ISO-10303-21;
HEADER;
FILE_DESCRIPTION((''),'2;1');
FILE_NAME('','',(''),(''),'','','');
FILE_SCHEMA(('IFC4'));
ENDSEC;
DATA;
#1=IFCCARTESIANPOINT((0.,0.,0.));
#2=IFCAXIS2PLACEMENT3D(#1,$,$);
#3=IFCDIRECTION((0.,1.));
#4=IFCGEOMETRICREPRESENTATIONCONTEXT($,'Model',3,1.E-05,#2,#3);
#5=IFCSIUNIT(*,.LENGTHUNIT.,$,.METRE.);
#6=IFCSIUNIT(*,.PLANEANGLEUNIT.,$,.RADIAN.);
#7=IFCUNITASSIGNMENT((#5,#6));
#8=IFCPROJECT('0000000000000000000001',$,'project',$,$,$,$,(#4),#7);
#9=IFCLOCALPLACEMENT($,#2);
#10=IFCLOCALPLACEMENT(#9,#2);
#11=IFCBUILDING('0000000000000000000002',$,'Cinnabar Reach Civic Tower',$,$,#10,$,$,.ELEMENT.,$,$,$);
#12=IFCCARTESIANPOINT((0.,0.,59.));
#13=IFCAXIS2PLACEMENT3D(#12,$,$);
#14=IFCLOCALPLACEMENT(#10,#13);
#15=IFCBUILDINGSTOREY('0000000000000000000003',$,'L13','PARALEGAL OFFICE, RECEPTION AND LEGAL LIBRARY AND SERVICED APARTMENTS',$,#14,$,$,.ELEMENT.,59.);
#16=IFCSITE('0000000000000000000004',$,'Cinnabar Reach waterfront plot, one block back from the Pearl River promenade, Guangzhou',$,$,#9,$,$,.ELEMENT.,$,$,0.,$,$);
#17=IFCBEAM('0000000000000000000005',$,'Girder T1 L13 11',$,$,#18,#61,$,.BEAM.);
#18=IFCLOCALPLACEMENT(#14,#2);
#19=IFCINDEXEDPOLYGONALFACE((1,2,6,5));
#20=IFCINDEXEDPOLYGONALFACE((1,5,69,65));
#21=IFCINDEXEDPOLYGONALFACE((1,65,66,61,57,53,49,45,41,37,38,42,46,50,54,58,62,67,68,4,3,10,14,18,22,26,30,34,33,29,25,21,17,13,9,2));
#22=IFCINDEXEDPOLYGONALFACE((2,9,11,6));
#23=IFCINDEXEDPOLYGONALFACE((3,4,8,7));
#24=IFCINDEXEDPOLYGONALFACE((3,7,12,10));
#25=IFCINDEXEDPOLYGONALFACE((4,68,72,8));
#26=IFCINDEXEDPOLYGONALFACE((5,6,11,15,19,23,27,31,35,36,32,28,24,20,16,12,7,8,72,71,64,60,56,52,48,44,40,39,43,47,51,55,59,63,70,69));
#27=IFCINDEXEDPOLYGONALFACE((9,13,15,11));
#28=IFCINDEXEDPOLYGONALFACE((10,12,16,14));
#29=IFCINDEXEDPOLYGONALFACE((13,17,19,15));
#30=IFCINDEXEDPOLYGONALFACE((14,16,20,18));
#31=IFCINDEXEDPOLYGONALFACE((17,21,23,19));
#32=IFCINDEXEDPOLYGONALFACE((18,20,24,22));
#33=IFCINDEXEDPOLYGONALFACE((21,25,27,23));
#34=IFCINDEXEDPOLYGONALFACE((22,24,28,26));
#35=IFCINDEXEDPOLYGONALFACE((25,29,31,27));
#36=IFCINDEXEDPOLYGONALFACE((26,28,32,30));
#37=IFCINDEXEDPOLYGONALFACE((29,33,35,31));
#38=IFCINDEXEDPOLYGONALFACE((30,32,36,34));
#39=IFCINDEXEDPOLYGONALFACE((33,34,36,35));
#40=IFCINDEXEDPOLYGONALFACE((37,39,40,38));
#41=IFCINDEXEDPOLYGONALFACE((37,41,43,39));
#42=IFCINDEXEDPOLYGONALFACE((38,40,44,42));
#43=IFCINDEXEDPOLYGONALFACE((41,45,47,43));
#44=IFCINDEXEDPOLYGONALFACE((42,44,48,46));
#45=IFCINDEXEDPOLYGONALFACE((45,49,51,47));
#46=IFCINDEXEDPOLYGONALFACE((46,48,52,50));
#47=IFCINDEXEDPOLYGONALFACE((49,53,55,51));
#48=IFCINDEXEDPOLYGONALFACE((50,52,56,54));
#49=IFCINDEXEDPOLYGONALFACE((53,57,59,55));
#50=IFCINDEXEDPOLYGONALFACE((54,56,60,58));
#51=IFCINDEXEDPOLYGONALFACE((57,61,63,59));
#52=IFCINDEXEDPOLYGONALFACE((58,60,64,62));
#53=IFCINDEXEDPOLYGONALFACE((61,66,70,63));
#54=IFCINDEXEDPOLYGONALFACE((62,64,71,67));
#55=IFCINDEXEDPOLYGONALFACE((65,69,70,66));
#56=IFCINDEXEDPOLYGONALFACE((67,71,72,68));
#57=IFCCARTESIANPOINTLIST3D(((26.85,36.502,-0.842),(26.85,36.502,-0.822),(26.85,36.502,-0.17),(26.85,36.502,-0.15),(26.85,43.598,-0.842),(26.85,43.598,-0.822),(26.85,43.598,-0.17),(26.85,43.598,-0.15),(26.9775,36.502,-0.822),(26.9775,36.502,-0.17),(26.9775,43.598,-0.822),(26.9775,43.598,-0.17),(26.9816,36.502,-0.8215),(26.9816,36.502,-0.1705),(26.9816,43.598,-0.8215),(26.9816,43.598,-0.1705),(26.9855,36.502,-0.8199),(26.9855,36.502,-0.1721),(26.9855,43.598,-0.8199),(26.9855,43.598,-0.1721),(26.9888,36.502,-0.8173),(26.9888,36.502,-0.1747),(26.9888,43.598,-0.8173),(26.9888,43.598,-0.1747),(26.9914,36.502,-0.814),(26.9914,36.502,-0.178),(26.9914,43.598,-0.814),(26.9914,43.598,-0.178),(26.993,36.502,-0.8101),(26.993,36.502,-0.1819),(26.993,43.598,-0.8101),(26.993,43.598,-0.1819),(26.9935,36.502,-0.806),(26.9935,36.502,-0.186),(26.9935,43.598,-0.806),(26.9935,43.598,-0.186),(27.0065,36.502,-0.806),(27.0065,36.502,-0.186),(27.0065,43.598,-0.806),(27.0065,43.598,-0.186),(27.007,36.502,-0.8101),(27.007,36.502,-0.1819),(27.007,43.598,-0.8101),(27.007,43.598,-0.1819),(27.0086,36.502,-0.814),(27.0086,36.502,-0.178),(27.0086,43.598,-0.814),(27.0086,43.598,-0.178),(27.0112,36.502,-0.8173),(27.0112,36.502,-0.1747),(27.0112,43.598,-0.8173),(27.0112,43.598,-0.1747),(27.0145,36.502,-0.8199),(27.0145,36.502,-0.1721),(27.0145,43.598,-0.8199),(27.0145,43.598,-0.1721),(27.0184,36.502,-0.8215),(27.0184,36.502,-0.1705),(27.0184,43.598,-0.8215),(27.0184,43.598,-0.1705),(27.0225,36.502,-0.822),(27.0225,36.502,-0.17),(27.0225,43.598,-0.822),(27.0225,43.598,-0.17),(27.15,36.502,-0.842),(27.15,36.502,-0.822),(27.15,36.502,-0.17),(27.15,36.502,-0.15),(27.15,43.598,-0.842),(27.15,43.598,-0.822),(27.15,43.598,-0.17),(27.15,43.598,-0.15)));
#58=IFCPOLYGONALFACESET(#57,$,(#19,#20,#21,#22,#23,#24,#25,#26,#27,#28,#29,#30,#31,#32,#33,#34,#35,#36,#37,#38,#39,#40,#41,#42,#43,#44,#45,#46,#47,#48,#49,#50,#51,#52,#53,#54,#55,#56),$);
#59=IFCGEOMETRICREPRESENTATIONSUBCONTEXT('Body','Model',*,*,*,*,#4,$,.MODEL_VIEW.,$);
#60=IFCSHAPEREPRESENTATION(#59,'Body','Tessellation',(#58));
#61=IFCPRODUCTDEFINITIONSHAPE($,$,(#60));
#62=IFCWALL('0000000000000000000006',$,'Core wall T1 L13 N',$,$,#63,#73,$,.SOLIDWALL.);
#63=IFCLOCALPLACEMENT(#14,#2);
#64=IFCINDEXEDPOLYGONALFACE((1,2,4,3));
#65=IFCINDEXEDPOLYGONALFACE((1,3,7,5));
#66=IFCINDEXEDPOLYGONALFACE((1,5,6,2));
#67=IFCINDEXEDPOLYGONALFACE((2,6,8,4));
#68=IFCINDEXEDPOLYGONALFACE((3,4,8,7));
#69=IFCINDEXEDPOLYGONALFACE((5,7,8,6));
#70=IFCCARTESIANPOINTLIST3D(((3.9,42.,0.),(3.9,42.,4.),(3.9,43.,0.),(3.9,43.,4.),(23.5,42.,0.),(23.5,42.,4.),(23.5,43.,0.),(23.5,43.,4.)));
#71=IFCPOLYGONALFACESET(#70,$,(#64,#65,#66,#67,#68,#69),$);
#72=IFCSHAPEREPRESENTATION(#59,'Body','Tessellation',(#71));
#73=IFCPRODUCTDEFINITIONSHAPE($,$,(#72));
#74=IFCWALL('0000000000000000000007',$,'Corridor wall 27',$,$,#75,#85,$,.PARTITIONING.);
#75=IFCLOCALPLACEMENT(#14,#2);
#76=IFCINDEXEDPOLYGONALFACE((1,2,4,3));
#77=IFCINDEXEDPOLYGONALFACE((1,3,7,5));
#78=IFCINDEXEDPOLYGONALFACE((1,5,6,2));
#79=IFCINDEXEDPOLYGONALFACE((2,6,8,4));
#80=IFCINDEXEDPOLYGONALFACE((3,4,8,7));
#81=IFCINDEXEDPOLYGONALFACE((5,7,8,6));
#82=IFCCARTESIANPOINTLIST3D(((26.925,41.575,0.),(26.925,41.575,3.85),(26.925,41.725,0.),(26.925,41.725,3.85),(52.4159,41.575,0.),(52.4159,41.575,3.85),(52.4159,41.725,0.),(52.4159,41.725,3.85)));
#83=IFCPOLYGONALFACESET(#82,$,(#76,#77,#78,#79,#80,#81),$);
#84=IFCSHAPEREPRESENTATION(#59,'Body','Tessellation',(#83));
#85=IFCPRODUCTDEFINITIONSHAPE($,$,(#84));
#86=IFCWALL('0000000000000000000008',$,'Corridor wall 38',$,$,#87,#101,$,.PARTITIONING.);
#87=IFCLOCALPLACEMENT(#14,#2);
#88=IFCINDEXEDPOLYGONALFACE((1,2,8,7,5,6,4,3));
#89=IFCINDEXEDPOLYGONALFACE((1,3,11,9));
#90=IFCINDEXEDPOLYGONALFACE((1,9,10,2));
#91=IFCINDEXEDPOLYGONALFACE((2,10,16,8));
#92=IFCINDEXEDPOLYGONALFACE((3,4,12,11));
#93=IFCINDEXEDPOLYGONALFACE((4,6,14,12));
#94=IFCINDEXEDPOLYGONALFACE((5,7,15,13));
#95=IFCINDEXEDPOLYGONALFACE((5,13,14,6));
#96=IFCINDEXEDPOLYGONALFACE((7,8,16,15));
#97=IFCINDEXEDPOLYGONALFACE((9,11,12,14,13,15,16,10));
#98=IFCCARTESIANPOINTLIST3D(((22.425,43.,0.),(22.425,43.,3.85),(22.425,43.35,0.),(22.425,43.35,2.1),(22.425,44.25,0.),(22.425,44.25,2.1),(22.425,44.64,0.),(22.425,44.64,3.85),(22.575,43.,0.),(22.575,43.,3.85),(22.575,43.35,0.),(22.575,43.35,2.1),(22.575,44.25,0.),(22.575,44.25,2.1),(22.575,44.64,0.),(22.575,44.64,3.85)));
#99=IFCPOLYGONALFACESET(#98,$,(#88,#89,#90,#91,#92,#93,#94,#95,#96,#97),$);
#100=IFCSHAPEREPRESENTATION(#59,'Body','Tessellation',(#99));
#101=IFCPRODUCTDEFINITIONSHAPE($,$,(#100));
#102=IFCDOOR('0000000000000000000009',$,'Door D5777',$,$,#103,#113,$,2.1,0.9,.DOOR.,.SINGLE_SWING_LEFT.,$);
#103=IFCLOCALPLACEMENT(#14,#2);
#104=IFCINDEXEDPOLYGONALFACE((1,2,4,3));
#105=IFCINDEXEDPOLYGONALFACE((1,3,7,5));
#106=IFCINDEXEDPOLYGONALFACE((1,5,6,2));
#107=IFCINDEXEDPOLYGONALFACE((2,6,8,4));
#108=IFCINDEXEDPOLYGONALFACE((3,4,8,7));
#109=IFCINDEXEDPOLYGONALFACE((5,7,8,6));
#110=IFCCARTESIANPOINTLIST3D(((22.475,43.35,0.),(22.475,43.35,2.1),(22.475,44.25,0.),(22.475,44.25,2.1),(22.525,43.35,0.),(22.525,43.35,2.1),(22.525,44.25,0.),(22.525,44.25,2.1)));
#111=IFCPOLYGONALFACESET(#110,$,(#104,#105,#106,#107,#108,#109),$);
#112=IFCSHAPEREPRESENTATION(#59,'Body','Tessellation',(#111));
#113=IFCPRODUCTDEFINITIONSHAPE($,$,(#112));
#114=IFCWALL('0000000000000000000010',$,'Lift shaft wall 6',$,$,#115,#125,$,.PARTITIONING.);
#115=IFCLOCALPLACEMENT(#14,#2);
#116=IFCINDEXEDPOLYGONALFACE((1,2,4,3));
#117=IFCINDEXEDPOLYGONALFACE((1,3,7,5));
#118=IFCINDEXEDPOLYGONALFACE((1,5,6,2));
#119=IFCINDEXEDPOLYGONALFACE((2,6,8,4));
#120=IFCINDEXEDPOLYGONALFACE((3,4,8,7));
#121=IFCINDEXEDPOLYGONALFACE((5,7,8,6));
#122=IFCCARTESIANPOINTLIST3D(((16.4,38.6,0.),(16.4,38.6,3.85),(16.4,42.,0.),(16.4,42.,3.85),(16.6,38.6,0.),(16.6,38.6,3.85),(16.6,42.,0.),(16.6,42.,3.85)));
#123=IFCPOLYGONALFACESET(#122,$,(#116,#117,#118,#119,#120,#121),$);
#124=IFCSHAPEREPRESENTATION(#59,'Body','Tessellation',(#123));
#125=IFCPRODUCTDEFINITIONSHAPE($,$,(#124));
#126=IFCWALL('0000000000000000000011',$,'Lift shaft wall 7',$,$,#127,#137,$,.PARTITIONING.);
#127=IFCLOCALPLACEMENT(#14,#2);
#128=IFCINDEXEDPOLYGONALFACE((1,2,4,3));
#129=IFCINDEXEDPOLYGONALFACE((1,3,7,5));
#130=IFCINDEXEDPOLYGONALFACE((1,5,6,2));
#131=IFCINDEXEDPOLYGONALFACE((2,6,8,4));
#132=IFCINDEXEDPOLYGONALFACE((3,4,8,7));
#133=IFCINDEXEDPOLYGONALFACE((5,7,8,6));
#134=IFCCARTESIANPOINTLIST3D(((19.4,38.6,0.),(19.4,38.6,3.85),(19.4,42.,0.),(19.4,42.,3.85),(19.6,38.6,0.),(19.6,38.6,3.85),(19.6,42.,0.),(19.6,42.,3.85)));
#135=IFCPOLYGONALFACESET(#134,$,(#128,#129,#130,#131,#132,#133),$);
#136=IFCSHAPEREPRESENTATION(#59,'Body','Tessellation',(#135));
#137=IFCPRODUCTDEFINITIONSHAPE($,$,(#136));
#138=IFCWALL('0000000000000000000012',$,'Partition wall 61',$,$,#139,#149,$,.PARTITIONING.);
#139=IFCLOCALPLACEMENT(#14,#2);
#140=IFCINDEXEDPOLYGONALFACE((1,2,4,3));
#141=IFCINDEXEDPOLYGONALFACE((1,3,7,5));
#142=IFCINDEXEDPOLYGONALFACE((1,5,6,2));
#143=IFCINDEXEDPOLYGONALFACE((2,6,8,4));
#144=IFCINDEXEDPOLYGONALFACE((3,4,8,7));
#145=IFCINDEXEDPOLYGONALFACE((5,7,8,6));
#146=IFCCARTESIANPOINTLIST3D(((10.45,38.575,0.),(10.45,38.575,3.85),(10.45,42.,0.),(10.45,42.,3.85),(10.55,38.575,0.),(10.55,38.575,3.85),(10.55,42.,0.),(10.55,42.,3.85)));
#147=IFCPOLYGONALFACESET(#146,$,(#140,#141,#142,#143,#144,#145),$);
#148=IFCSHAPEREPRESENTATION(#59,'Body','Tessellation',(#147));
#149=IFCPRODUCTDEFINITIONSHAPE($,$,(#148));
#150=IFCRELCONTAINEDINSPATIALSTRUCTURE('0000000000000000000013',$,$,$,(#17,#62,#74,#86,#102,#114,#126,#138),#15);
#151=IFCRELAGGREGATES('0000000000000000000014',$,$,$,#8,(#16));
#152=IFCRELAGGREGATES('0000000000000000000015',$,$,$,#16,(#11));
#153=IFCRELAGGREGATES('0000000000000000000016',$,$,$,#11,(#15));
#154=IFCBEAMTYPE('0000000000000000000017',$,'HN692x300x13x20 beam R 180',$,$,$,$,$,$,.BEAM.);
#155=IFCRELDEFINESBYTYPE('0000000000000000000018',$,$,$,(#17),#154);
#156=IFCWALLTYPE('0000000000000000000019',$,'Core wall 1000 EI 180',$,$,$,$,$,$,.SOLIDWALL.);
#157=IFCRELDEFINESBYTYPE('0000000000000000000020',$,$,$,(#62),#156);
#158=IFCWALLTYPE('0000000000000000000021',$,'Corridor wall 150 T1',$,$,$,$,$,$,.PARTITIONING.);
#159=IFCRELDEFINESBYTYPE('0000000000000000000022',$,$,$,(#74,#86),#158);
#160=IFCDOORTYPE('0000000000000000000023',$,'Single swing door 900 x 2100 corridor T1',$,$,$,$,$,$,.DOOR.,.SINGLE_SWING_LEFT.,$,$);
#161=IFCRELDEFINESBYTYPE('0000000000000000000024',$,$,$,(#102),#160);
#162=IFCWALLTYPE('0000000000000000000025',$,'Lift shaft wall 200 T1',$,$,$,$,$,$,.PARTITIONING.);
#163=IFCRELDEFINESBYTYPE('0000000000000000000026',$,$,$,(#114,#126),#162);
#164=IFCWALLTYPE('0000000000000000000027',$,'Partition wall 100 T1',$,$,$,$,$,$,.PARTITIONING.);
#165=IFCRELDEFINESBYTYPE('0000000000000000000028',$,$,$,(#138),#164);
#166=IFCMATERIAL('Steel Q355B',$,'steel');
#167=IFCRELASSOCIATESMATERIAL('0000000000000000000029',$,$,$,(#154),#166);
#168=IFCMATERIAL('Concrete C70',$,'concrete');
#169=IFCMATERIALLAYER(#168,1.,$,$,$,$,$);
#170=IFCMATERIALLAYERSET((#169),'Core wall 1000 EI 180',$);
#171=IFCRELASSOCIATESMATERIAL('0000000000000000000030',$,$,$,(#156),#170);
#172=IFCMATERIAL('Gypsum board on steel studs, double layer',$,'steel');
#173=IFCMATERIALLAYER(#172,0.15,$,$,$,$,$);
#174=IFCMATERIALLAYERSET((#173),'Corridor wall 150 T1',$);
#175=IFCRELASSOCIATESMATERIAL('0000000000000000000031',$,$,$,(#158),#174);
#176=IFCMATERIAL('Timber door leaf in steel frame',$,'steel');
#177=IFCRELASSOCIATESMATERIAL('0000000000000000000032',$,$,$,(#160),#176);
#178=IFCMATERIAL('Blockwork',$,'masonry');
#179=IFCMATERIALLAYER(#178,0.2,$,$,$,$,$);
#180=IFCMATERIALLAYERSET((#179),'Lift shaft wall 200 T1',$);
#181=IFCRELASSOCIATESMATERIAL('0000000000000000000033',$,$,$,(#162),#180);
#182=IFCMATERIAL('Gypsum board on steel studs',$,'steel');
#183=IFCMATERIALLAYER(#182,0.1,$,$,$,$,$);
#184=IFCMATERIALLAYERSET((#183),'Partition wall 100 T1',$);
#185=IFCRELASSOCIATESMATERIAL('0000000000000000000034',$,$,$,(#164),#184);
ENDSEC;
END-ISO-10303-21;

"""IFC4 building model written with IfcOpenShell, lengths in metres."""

from ifc_helpers import new_model, si_unit, direction, frame, frame_2d, origin, origin_2d, place, context, subcontext, project, spatial, rectangle, i_section, extrude, material, layer, layer_set, material_profile, profile_set, type_object, element, fill, save


model = new_model("IFC4")

# Units and contexts
model_context = context("Model", 3, precision=1e-05, world=origin(), true_north=direction((0.0, 1.0)))
body_context = subcontext(model_context, "Body", "Model", "MODEL_VIEW")
ifc_project = project(units=[si_unit("LENGTHUNIT", "METRE"), si_unit("PLANEANGLEUNIT", "RADIAN")], contexts=[model_context])

# Site, building, storey
site_placement = place(None, origin())
site = spatial("IfcSite", under=ifc_project, at=site_placement, Name="Cinnabar Reach waterfront plot, one block back from the Pearl River promenade, Guangzhou", CompositionType="ELEMENT", RefElevation=0.0)
building_placement = place(site_placement, origin())
building = spatial("IfcBuilding", under=site, at=building_placement, Name="Cinnabar Reach Civic Tower", CompositionType="ELEMENT")
storey_placement = place(building_placement, frame((0.0, 0.0, 59.0)))
storey = spatial("IfcBuildingStorey", under=building, at=storey_placement, Name="L13", Description="PARALEGAL OFFICE, RECEPTION AND LEGAL LIBRARY AND SERVICED APARTMENTS", CompositionType="ELEMENT", Elevation=59.0)

# Shared definitions
ifc_material_1 = material(Name="Concrete C70", Category="concrete")

# Beam
ifc_material_2 = material(Name="Steel Q355B", Category="steel")
ifc_material_profile_1 = material_profile(ifc_material_2, i_section(OverallWidth=0.3, OverallDepth=0.692, WebThickness=0.013, FlangeThickness=0.02, FilletRadius=0.016, at=origin_2d()), Name="HN692x300x13x20")
ifc_profile_set_1 = profile_set([ifc_material_profile_1], Name="Steel Q355B")
beam_type_1 = type_object("IfcBeamType", Name="HN692x300x13x20 beam R 180", PredefinedType="BEAM", material=ifc_profile_set_1)
beam_1_placement = place(storey_placement, frame((27.0, 36.502, -0.496), z_axis=(0.0, 1.0, 0.0), x_axis=(-1.0, 0.0, 0.0)))
element("IfcBeam", 1, at=beam_1_placement, inside=storey, type_object=beam_type_1, Name="Girder T1 L13 11", PredefinedType="BEAM", context=body_context, shape_type="SweptSolid", body=[
    extrude(i_section(OverallWidth=0.3, OverallDepth=0.692, WebThickness=0.013, FlangeThickness=0.02, FilletRadius=0.016, at=origin_2d()), origin(), (0.0, 0.0, 1.0), 7.096),
])

# Walls
ifc_layer_1 = layer(ifc_material_1, 1.0)
ifc_layer_set_1 = layer_set([ifc_layer_1], Name="Core wall 1000 EI 180")
wall_type_1 = type_object("IfcWallType", Name="Core wall 1000 EI 180", PredefinedType="SOLIDWALL", material=ifc_layer_set_1)
wall_1_placement = place(storey_placement, frame((23.5, 42.5, 0.0), z_axis=(0.0, 0.0, 1.0), x_axis=(-1.0, 0.0, 0.0)))
element("IfcWall", 2, at=wall_1_placement, inside=storey, type_object=wall_type_1, Name="Core wall T1 L13 N", PredefinedType="SOLIDWALL", context=body_context, shape_type="SweptSolid", body=[
    extrude(rectangle(XDim=19.6, YDim=1.0, at=frame_2d((9.8, 0.0))), origin(), (0.0, 0.0, 1.0), 4.0),
])
ifc_material_3 = material(Name="Gypsum board on steel studs, double layer", Category="steel")
ifc_layer_2 = layer(ifc_material_3, 0.15)
ifc_layer_set_2 = layer_set([ifc_layer_2], Name="Corridor wall 150 T1")
wall_type_2 = type_object("IfcWallType", Name="Corridor wall 150 T1", PredefinedType="PARTITIONING", material=ifc_layer_set_2)
wall_2_placement = place(storey_placement, frame((26.925, 41.65, 0.0), z_axis=(0.0, 0.0, 1.0), x_axis=(1.0, 0.0, 0.0)))
element("IfcWall", 3, at=wall_2_placement, inside=storey, type_object=wall_type_2, Name="Corridor wall 27", PredefinedType="PARTITIONING", context=body_context, shape_type="SweptSolid", body=[
    extrude(rectangle(XDim=25.4909, YDim=0.15, at=frame_2d((12.7454, 0.0))), origin(), (0.0, 0.0, 1.0), 3.85),
])

# Wall, opening, door
wall_3_placement = place(storey_placement, frame((22.5, 43.0, 0.0), z_axis=(0.0, 0.0, 1.0), x_axis=(0.0, 1.0, 0.0)))
wall_3 = element("IfcWall", 4, at=wall_3_placement, inside=storey, type_object=wall_type_2, Name="Corridor wall 38", PredefinedType="PARTITIONING", context=body_context, shape_type="SweptSolid", body=[
    extrude(rectangle(XDim=1.64, YDim=0.15, at=frame_2d((0.82, 0.0))), origin(), (0.0, 0.0, 1.0), 3.85),
])
opening_1_placement = place(wall_3_placement, frame((0.35, 0.0, 0.0)))
opening_1 = element("IfcOpeningElement", 5, at=opening_1_placement, cuts=wall_3, PredefinedType="OPENING", context=body_context, shape_type="SweptSolid", body=[
    extrude(rectangle(XDim=0.9, YDim=2.1, at=frame_2d((0.45, 1.05))), frame((0.0, 0.085, 0.0), z_axis=(0.0, -1.0, 0.0), x_axis=(1.0, 0.0, 0.0)), (0.0, 0.0, 1.0), 0.17),
])
ifc_material_4 = material(Name="Timber door leaf in steel frame", Category="steel")
door_type_1 = type_object("IfcDoorType", Name="Single swing door 900 x 2100 corridor T1", OperationType="SINGLE_SWING_LEFT", PredefinedType="DOOR", material=ifc_material_4)
door_1_placement = place(opening_1_placement, origin())
door_1 = element("IfcDoor", 6, at=door_1_placement, inside=storey, type_object=door_type_1, Name="Door D5777", OperationType="SINGLE_SWING_LEFT", OverallHeight=2.1, OverallWidth=0.9, PredefinedType="DOOR", context=body_context, shape_type="SweptSolid", body=[
    extrude(rectangle(XDim=0.9, YDim=2.1, at=frame_2d((0.45, 1.05))), frame((0.0, 0.025, 0.0), z_axis=(0.0, -1.0, 0.0), x_axis=(1.0, 0.0, 0.0)), (0.0, 0.0, 1.0), 0.05),
])
fill(opening_1, door_1)

# Walls
ifc_material_5 = material(Name="Blockwork", Category="masonry")
ifc_layer_3 = layer(ifc_material_5, 0.2)
ifc_layer_set_3 = layer_set([ifc_layer_3], Name="Lift shaft wall 200 T1")
wall_type_3 = type_object("IfcWallType", Name="Lift shaft wall 200 T1", PredefinedType="PARTITIONING", material=ifc_layer_set_3)
for number, where, z_axis, x_axis, name in (
    (7, (16.5, 38.6, 0.0), (0.0, 0.0, 1.0), (0.0, 1.0, 0.0), "Lift shaft wall 6"),
    (8, (19.5, 38.6, 0.0), (0.0, 0.0, 1.0), (0.0, 1.0, 0.0), "Lift shaft wall 7"),
):
    element("IfcWall", number, at=place(storey_placement, frame(where, z_axis=z_axis, x_axis=x_axis)), inside=storey, type_object=wall_type_3, Name=name, PredefinedType="PARTITIONING", context=body_context, shape_type="SweptSolid", body=[
        extrude(rectangle(XDim=3.4, YDim=0.2, at=frame_2d((1.7, 0.0))), origin(), (0.0, 0.0, 1.0), 3.85),
    ])
ifc_material_6 = material(Name="Gypsum board on steel studs", Category="steel")
ifc_layer_4 = layer(ifc_material_6, 0.1)
ifc_layer_set_4 = layer_set([ifc_layer_4], Name="Partition wall 100 T1")
wall_type_4 = type_object("IfcWallType", Name="Partition wall 100 T1", PredefinedType="PARTITIONING", material=ifc_layer_set_4)
wall_4_placement = place(storey_placement, frame((10.5, 38.575, 0.0), z_axis=(0.0, 0.0, 1.0), x_axis=(0.0, 1.0, 0.0)))
element("IfcWall", 9, at=wall_4_placement, inside=storey, type_object=wall_type_4, Name="Partition wall 61", PredefinedType="PARTITIONING", context=body_context, shape_type="SweptSolid", body=[
    extrude(rectangle(XDim=3.425, YDim=0.1, at=frame_2d((1.7125, 0.0))), origin(), (0.0, 0.0, 1.0), 3.85),
])

save(model, "model.ifc")
